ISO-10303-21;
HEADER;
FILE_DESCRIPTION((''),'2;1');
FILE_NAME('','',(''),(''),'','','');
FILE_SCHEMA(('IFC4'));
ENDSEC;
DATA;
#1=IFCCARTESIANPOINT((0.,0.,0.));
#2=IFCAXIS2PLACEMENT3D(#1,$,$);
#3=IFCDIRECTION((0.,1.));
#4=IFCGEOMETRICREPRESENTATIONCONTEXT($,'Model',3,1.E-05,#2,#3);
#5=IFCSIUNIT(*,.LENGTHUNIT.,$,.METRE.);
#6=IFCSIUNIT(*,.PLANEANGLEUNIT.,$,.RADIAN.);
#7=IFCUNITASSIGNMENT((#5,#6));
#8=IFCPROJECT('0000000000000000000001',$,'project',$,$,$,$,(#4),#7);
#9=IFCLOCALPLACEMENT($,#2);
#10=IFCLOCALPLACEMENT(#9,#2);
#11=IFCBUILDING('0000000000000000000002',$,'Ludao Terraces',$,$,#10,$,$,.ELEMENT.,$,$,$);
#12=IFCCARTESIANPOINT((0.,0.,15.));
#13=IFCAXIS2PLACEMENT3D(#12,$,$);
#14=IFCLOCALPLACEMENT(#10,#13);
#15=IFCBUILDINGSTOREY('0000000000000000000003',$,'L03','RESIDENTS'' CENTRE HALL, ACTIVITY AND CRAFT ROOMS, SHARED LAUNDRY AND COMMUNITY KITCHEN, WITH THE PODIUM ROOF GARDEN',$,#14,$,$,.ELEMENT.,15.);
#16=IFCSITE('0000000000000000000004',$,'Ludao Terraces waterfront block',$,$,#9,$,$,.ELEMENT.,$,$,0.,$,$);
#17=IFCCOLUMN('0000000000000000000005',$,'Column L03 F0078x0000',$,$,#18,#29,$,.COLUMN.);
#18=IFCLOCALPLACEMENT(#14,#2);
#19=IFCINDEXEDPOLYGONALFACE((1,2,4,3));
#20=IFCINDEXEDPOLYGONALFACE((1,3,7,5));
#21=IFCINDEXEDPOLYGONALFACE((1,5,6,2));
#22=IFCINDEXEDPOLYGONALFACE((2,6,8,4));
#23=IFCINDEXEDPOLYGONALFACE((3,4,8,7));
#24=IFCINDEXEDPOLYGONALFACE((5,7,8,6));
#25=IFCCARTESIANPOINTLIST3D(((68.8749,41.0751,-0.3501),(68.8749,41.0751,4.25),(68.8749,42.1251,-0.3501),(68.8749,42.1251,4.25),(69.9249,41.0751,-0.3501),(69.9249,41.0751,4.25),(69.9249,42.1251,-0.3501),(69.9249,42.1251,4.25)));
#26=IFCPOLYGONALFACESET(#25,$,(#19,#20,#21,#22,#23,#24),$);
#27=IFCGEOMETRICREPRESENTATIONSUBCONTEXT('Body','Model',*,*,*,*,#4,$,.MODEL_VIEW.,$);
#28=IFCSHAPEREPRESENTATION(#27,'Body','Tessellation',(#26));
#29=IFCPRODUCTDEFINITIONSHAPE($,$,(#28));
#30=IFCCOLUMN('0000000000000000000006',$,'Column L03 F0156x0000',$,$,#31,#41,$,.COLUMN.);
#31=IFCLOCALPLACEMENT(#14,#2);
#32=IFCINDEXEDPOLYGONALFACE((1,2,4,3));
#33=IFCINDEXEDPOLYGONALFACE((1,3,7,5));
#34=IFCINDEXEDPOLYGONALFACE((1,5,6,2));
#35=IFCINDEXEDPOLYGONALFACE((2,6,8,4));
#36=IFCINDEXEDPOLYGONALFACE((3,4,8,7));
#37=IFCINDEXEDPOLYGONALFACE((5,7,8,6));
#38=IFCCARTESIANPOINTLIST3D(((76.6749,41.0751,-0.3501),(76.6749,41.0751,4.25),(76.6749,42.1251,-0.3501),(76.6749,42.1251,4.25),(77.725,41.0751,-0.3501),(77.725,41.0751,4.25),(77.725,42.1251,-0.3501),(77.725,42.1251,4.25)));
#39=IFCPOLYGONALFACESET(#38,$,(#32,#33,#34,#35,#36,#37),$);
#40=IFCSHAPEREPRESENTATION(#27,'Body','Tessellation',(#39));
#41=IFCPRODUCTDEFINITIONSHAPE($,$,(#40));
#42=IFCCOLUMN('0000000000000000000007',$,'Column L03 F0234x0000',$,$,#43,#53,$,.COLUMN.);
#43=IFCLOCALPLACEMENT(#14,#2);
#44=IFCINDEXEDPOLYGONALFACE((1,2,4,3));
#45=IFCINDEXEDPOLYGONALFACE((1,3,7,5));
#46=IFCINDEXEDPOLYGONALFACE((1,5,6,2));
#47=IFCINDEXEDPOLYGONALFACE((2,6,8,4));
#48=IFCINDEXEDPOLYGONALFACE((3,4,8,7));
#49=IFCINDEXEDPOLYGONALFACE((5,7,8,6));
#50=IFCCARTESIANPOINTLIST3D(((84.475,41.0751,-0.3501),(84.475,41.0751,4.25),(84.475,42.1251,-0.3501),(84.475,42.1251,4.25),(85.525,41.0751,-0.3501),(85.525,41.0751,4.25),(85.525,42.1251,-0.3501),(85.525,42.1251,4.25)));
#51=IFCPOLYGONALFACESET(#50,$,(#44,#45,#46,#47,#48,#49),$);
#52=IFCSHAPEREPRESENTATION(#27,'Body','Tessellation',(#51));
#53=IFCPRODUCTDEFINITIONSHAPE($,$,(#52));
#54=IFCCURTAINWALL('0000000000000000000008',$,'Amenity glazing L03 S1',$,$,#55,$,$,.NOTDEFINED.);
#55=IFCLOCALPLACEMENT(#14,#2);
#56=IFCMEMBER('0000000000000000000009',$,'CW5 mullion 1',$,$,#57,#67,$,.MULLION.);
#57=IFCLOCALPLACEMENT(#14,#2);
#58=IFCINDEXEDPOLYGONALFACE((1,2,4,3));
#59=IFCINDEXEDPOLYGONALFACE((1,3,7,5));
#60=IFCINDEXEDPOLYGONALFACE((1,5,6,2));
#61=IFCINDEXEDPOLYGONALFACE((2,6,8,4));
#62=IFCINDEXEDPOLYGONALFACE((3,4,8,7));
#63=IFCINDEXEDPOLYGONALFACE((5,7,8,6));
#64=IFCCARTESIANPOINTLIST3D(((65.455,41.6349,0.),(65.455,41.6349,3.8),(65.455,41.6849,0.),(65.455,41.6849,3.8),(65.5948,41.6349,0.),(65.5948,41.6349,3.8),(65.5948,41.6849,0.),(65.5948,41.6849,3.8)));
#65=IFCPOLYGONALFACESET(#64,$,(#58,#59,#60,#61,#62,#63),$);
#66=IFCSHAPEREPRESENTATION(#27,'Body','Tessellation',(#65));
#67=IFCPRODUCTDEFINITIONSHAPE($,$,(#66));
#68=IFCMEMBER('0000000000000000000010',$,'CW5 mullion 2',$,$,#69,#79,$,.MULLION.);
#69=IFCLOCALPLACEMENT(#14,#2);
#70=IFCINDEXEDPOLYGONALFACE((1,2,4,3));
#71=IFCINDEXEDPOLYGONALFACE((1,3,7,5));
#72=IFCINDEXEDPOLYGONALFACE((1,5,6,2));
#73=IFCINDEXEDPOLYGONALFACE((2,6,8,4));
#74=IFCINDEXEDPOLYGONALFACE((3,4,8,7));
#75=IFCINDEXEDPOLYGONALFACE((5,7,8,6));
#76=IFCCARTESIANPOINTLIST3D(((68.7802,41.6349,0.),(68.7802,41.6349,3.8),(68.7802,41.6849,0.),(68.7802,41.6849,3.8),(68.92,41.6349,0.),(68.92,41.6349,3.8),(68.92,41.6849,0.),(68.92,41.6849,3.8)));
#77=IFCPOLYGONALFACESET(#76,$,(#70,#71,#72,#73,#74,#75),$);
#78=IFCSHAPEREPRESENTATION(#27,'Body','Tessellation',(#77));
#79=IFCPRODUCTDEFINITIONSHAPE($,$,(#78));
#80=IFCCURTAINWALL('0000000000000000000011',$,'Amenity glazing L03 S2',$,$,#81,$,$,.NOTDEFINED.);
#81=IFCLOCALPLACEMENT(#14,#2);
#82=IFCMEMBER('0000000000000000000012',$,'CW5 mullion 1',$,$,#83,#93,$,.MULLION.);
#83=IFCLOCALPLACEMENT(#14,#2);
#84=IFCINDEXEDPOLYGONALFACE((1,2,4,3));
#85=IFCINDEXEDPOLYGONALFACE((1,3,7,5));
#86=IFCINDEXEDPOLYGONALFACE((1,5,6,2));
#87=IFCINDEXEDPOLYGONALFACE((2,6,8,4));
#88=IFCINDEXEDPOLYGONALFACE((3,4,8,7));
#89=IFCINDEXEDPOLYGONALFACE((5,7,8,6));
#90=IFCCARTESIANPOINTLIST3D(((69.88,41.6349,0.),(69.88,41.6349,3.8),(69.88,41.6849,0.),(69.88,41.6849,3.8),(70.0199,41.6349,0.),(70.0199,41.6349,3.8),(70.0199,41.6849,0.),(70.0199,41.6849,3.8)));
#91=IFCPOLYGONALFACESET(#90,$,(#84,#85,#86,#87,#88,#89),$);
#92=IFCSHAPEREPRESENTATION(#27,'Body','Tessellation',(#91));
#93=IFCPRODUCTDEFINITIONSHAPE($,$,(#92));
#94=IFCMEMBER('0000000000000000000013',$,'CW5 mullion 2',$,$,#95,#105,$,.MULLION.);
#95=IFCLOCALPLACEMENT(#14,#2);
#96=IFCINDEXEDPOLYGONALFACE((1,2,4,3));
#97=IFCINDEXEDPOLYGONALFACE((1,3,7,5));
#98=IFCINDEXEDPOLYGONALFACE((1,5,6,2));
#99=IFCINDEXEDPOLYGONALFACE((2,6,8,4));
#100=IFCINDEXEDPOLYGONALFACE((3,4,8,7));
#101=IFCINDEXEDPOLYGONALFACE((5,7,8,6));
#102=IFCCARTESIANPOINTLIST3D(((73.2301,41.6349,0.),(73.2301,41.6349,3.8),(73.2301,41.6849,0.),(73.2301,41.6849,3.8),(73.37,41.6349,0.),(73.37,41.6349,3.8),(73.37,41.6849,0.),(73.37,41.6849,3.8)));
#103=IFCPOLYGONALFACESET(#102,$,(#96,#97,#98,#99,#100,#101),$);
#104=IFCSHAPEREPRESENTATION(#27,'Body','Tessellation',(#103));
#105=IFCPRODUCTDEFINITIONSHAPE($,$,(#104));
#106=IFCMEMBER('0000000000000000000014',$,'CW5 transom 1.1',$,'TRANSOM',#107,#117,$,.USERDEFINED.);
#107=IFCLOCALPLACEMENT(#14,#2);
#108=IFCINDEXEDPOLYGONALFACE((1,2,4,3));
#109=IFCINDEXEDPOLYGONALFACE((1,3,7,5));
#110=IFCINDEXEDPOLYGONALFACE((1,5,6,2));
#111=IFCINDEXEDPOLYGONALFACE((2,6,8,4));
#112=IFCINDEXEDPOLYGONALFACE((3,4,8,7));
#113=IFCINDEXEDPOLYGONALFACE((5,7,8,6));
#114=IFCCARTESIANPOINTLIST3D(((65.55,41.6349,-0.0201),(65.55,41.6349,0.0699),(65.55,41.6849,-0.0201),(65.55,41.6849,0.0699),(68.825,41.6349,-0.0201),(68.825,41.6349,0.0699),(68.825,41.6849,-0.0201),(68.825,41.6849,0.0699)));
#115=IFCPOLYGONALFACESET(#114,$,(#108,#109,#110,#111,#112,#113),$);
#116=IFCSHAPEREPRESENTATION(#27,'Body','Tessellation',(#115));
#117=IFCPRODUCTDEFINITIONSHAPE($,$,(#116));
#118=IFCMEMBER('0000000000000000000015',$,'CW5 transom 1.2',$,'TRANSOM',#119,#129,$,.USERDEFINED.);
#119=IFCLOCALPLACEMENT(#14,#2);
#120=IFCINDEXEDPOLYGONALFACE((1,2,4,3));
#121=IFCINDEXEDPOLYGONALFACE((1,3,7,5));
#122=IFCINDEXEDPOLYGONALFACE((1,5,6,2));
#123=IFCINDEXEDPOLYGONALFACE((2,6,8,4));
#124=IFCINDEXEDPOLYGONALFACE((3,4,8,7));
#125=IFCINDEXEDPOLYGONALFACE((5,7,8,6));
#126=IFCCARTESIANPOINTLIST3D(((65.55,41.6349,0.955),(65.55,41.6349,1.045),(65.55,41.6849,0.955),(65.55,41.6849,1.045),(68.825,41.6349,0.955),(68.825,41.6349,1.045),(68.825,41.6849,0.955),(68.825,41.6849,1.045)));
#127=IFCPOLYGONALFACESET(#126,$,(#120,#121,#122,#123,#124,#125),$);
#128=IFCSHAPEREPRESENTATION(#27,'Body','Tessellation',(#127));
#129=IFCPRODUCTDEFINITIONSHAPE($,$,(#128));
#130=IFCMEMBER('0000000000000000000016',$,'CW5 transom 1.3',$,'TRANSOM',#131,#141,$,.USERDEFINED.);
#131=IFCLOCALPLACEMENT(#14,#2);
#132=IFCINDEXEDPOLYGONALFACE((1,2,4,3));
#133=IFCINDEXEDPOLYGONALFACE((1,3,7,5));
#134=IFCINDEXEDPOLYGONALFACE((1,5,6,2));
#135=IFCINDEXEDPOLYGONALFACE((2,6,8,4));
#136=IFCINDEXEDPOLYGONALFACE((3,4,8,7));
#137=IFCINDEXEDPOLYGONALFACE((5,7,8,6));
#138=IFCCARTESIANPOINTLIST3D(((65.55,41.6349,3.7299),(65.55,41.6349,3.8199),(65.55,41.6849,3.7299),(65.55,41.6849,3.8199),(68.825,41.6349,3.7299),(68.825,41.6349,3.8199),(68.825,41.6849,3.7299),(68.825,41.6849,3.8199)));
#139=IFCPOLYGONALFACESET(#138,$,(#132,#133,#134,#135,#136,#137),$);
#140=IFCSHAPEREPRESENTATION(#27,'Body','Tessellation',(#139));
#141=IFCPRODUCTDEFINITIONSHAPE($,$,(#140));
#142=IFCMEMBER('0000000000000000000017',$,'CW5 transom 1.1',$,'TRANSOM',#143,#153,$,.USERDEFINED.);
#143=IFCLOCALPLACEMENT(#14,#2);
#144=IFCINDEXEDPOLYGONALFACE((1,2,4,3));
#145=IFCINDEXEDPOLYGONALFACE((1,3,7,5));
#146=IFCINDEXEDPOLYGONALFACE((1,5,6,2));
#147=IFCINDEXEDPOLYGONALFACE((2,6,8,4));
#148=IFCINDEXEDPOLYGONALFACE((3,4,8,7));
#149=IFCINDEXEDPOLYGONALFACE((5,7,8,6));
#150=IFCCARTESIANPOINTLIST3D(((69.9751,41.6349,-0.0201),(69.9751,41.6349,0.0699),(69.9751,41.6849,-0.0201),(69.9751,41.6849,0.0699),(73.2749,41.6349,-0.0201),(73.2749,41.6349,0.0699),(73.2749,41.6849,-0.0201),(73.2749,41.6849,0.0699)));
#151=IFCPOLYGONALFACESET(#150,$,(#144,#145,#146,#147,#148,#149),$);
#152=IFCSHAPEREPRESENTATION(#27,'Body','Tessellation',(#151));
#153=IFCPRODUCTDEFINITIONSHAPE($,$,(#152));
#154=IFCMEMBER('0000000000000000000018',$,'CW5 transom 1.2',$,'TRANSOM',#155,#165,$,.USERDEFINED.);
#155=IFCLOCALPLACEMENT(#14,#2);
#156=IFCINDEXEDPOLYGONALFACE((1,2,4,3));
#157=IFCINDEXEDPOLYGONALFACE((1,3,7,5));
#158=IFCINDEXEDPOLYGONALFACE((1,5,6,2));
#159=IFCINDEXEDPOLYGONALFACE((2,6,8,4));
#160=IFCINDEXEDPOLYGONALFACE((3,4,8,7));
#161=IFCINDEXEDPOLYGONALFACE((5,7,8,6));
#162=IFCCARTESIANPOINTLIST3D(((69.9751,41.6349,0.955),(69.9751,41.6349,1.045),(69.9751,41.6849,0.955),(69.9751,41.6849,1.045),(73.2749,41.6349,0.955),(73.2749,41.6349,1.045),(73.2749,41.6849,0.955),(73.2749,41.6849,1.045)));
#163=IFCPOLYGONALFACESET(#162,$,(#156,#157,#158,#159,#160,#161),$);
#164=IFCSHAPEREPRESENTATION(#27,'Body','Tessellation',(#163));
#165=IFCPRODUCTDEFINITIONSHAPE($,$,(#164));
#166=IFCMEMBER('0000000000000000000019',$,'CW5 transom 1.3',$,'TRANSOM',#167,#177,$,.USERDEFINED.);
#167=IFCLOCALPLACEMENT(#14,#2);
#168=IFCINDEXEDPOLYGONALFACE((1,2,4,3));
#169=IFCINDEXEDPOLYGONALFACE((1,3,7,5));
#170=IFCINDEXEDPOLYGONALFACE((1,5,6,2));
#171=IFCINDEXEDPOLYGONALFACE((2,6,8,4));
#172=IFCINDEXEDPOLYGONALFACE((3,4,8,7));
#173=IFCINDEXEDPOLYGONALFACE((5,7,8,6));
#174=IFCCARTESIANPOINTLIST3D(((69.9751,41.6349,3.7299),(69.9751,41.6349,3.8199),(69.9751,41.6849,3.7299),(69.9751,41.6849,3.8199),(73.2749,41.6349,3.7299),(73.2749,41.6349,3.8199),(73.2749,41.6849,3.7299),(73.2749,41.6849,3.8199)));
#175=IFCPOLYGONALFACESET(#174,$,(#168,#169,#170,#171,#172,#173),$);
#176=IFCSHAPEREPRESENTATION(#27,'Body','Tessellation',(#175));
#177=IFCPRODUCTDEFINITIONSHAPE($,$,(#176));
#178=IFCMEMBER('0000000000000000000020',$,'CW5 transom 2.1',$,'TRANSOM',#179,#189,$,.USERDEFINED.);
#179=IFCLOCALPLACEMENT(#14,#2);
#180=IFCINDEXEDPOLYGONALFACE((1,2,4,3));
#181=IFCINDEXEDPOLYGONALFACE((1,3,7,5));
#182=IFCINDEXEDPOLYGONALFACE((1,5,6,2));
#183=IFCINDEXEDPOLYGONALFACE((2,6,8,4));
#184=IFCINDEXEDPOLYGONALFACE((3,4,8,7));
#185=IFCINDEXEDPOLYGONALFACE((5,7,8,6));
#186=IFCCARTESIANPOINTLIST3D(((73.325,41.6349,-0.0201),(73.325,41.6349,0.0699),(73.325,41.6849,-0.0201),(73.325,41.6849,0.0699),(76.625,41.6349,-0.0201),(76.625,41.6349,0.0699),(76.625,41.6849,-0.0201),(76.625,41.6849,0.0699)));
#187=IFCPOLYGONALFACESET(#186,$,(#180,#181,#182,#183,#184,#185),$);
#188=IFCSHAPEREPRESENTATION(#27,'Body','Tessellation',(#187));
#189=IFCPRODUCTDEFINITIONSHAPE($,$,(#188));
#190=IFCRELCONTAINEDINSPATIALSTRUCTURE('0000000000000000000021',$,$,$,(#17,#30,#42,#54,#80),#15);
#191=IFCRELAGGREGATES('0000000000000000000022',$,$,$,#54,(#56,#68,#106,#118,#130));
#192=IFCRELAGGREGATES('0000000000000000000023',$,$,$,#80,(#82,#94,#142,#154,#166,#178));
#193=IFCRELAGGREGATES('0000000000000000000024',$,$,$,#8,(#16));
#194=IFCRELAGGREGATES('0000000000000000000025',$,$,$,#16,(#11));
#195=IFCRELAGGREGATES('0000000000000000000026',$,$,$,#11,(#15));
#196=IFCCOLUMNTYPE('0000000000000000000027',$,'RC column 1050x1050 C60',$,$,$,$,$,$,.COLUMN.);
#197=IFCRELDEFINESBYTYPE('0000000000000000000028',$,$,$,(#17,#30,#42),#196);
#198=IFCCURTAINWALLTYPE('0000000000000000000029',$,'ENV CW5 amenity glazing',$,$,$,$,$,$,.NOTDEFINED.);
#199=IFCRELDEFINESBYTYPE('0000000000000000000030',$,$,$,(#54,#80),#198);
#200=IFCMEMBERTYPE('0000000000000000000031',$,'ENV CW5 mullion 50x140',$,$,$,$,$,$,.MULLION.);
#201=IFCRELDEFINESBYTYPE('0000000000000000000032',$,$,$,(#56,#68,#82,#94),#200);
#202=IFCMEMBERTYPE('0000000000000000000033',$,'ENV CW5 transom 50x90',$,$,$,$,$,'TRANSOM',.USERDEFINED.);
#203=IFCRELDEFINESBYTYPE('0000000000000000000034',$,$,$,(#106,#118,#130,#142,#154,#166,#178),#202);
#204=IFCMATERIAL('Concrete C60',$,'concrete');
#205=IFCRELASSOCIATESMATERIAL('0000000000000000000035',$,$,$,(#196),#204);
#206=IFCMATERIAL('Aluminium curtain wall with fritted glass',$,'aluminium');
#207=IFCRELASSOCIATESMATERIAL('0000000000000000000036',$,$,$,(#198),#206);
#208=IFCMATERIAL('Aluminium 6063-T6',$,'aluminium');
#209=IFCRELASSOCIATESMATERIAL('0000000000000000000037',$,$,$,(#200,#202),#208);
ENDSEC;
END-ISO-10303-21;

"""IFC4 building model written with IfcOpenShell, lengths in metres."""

from ifc_helpers import new_model, si_unit, direction, frame, origin, origin_2d, place, context, subcontext, project, spatial, rectangle, extrude, material, material_profile, profile_set, type_object, element, aggregate, save


model = new_model("IFC4")

# Units and contexts
model_context = context("Model", 3, precision=1e-05, world=origin(), true_north=direction((0.0, 1.0)))
body_context = subcontext(model_context, "Body", "Model", "MODEL_VIEW")
ifc_project = project(units=[si_unit("LENGTHUNIT", "METRE"), si_unit("PLANEANGLEUNIT", "RADIAN")], contexts=[model_context])

# Site, building, storey
site_placement = place(None, origin())
site = spatial("IfcSite", under=ifc_project, at=site_placement, Name="Ludao Terraces waterfront block", CompositionType="ELEMENT", RefElevation=0.0)
building_placement = place(site_placement, origin())
building = spatial("IfcBuilding", under=site, at=building_placement, Name="Ludao Terraces", CompositionType="ELEMENT")
storey_placement = place(building_placement, frame((0.0, 0.0, 15.0)))
storey = spatial("IfcBuildingStorey", under=building, at=storey_placement, Name="L03", Description="RESIDENTS' CENTRE HALL, ACTIVITY AND CRAFT ROOMS, SHARED LAUNDRY AND COMMUNITY KITCHEN, WITH THE PODIUM ROOF GARDEN", CompositionType="ELEMENT", Elevation=15.0)

# Columns
ifc_material_1 = material(Name="Concrete C60", Category="concrete")
ifc_material_profile_1 = material_profile(ifc_material_1, rectangle(XDim=1.05, YDim=1.05, at=origin_2d()), Name="1050 X 1050")
ifc_profile_set_1 = profile_set([ifc_material_profile_1], Name="Concrete C60")
column_type = type_object("IfcColumnType", Name="RC column 1050x1050 C60", PredefinedType="COLUMN", material=ifc_profile_set_1)
for number, where, z_axis, x_axis, name in (
    (1, (69.3999, 41.6001, -0.3501), (0.0, 0.0, 1.0), (1.0, 0.0, 0.0), "Column L03 F0078x0000"),
    (2, (77.2, 41.6001, -0.3501), (0.0, 0.0, 1.0), (1.0, 0.0, 0.0), "Column L03 F0156x0000"),
    (3, (85.0, 41.6001, -0.3501), (0.0, 0.0, 1.0), (1.0, 0.0, 0.0), "Column L03 F0234x0000"),
):
    element("IfcColumn", number, at=place(storey_placement, frame(where, z_axis=z_axis, x_axis=x_axis)), inside=storey, type_object=column_type, Name=name, PredefinedType="COLUMN", context=body_context, shape_type="SweptSolid", body=[
        extrude(rectangle(XDim=1.05, YDim=1.05, at=origin_2d()), origin(), (0.0, 0.0, 1.0), 4.6001),
    ])

# Curtain walls, members
ifc_material_2 = material(Name="Aluminium curtain wall with fritted glass", Category="aluminium")
curtain_wall_type = type_object("IfcCurtainWallType", Name="ENV CW5 amenity glazing", PredefinedType="NOTDEFINED", material=ifc_material_2)
curtain_wall_1_placement = place(storey_placement, origin())
curtain_wall_1 = element("IfcCurtainWall", 4, at=curtain_wall_1_placement, inside=storey, type_object=curtain_wall_type, Name="Amenity glazing L03 S1", PredefinedType="NOTDEFINED")
ifc_material_3 = material(Name="Aluminium 6063-T6", Category="aluminium")
ifc_material_profile_2 = material_profile(ifc_material_3, rectangle(XDim=0.05, YDim=0.1399, at=origin_2d()), Name="50 X 140")
ifc_profile_set_2 = profile_set([ifc_material_profile_2], Name="Aluminium 6063-T6")
member_type_1 = type_object("IfcMemberType", Name="ENV CW5 mullion 50x140", PredefinedType="MULLION", material=ifc_profile_set_2)
member_1_placement = place(storey_placement, frame((65.5249, 41.6599, 0.0), z_axis=(0.0, 0.0, 1.0), x_axis=(0.0, 1.0, 0.0)))
member_1 = element("IfcMember", 5, at=member_1_placement, type_object=member_type_1, Name="CW5 mullion 1", PredefinedType="MULLION", context=body_context, shape_type="SweptSolid", body=[
    extrude(rectangle(XDim=0.05, YDim=0.1399, at=origin_2d()), origin(), (0.0, 0.0, 1.0), 3.8),
])
member_2_placement = place(storey_placement, frame((68.8501, 41.6599, 0.0), z_axis=(0.0, 0.0, 1.0), x_axis=(0.0, 1.0, 0.0)))
member_2 = element("IfcMember", 6, at=member_2_placement, type_object=member_type_1, Name="CW5 mullion 2", PredefinedType="MULLION", context=body_context, shape_type="SweptSolid", body=[
    extrude(rectangle(XDim=0.05, YDim=0.1399, at=origin_2d()), origin(), (0.0, 0.0, 1.0), 3.8),
])
curtain_wall_2_placement = place(storey_placement, origin())
curtain_wall_2 = element("IfcCurtainWall", 7, at=curtain_wall_2_placement, inside=storey, type_object=curtain_wall_type, Name="Amenity glazing L03 S2", PredefinedType="NOTDEFINED")
member_3_placement = place(storey_placement, frame((69.95, 41.6599, 0.0), z_axis=(0.0, 0.0, 1.0), x_axis=(0.0, 1.0, 0.0)))
member_3 = element("IfcMember", 8, at=member_3_placement, type_object=member_type_1, Name="CW5 mullion 1", PredefinedType="MULLION", context=body_context, shape_type="SweptSolid", body=[
    extrude(rectangle(XDim=0.05, YDim=0.1399, at=origin_2d()), origin(), (0.0, 0.0, 1.0), 3.8),
])
member_4_placement = place(storey_placement, frame((73.3, 41.6599, 0.0), z_axis=(0.0, 0.0, 1.0), x_axis=(0.0, 1.0, 0.0)))
member_4 = element("IfcMember", 9, at=member_4_placement, type_object=member_type_1, Name="CW5 mullion 2", PredefinedType="MULLION", context=body_context, shape_type="SweptSolid", body=[
    extrude(rectangle(XDim=0.05, YDim=0.1399, at=origin_2d()), origin(), (0.0, 0.0, 1.0), 3.8),
])

# Members
ifc_material_profile_3 = material_profile(ifc_material_3, rectangle(XDim=0.05, YDim=0.0901, at=origin_2d()), Name="50 X 90")
ifc_profile_set_3 = profile_set([ifc_material_profile_3], Name="Aluminium 6063-T6")
member_type_2 = type_object("IfcMemberType", Name="ENV CW5 transom 50x90", ElementType="TRANSOM", PredefinedType="USERDEFINED", material=ifc_profile_set_3)
member_5_placement = place(storey_placement, frame((65.55, 41.6599, 0.0249), z_axis=(1.0, 0.0, 0.0), x_axis=(0.0, 1.0, 0.0)))
member_5 = element("IfcMember", 10, at=member_5_placement, type_object=member_type_2, Name="CW5 transom 1.1", ObjectType="TRANSOM", PredefinedType="USERDEFINED", context=body_context, shape_type="SweptSolid", body=[
    extrude(rectangle(XDim=0.05, YDim=0.0901, at=origin_2d()), origin(), (0.0, 0.0, 1.0), 3.2749),
])
member_6_placement = place(storey_placement, frame((65.55, 41.6599, 1.0), z_axis=(1.0, 0.0, 0.0), x_axis=(0.0, 1.0, 0.0)))
member_6 = element("IfcMember", 11, at=member_6_placement, type_object=member_type_2, Name="CW5 transom 1.2", ObjectType="TRANSOM", PredefinedType="USERDEFINED", context=body_context, shape_type="SweptSolid", body=[
    extrude(rectangle(XDim=0.05, YDim=0.0901, at=origin_2d()), origin(), (0.0, 0.0, 1.0), 3.2749),
])
member_7_placement = place(storey_placement, frame((65.55, 41.6599, 3.7749), z_axis=(1.0, 0.0, 0.0), x_axis=(0.0, 1.0, 0.0)))
member_7 = element("IfcMember", 12, at=member_7_placement, type_object=member_type_2, Name="CW5 transom 1.3", ObjectType="TRANSOM", PredefinedType="USERDEFINED", context=body_context, shape_type="SweptSolid", body=[
    extrude(rectangle(XDim=0.05, YDim=0.0901, at=origin_2d()), origin(), (0.0, 0.0, 1.0), 3.2749),
])
member_8_placement = place(storey_placement, frame((69.9751, 41.6599, 0.0249), z_axis=(1.0, 0.0, 0.0), x_axis=(0.0, 1.0, 0.0)))
member_8 = element("IfcMember", 13, at=member_8_placement, type_object=member_type_2, Name="CW5 transom 1.1", ObjectType="TRANSOM", PredefinedType="USERDEFINED", context=body_context, shape_type="SweptSolid", body=[
    extrude(rectangle(XDim=0.05, YDim=0.0901, at=origin_2d()), origin(), (0.0, 0.0, 1.0), 3.2998),
])
member_9_placement = place(storey_placement, frame((69.9751, 41.6599, 1.0), z_axis=(1.0, 0.0, 0.0), x_axis=(0.0, 1.0, 0.0)))
member_9 = element("IfcMember", 14, at=member_9_placement, type_object=member_type_2, Name="CW5 transom 1.2", ObjectType="TRANSOM", PredefinedType="USERDEFINED", context=body_context, shape_type="SweptSolid", body=[
    extrude(rectangle(XDim=0.05, YDim=0.0901, at=origin_2d()), origin(), (0.0, 0.0, 1.0), 3.2998),
])
member_10_placement = place(storey_placement, frame((69.9751, 41.6599, 3.7749), z_axis=(1.0, 0.0, 0.0), x_axis=(0.0, 1.0, 0.0)))
member_10 = element("IfcMember", 15, at=member_10_placement, type_object=member_type_2, Name="CW5 transom 1.3", ObjectType="TRANSOM", PredefinedType="USERDEFINED", context=body_context, shape_type="SweptSolid", body=[
    extrude(rectangle(XDim=0.05, YDim=0.0901, at=origin_2d()), origin(), (0.0, 0.0, 1.0), 3.2998),
])
member_11_placement = place(storey_placement, frame((73.325, 41.6599, 0.0249), z_axis=(1.0, 0.0, 0.0), x_axis=(0.0, 1.0, 0.0)))
member_11 = element("IfcMember", 16, at=member_11_placement, type_object=member_type_2, Name="CW5 transom 2.1", ObjectType="TRANSOM", PredefinedType="USERDEFINED", context=body_context, shape_type="SweptSolid", body=[
    extrude(rectangle(XDim=0.05, YDim=0.0901, at=origin_2d()), origin(), (0.0, 0.0, 1.0), 3.3),
])

aggregate(curtain_wall_1, [member_1, member_2, member_5, member_6, member_7])
aggregate(curtain_wall_2, [member_3, member_4, member_8, member_9, member_10, member_11])

save(model, "model.ifc")
